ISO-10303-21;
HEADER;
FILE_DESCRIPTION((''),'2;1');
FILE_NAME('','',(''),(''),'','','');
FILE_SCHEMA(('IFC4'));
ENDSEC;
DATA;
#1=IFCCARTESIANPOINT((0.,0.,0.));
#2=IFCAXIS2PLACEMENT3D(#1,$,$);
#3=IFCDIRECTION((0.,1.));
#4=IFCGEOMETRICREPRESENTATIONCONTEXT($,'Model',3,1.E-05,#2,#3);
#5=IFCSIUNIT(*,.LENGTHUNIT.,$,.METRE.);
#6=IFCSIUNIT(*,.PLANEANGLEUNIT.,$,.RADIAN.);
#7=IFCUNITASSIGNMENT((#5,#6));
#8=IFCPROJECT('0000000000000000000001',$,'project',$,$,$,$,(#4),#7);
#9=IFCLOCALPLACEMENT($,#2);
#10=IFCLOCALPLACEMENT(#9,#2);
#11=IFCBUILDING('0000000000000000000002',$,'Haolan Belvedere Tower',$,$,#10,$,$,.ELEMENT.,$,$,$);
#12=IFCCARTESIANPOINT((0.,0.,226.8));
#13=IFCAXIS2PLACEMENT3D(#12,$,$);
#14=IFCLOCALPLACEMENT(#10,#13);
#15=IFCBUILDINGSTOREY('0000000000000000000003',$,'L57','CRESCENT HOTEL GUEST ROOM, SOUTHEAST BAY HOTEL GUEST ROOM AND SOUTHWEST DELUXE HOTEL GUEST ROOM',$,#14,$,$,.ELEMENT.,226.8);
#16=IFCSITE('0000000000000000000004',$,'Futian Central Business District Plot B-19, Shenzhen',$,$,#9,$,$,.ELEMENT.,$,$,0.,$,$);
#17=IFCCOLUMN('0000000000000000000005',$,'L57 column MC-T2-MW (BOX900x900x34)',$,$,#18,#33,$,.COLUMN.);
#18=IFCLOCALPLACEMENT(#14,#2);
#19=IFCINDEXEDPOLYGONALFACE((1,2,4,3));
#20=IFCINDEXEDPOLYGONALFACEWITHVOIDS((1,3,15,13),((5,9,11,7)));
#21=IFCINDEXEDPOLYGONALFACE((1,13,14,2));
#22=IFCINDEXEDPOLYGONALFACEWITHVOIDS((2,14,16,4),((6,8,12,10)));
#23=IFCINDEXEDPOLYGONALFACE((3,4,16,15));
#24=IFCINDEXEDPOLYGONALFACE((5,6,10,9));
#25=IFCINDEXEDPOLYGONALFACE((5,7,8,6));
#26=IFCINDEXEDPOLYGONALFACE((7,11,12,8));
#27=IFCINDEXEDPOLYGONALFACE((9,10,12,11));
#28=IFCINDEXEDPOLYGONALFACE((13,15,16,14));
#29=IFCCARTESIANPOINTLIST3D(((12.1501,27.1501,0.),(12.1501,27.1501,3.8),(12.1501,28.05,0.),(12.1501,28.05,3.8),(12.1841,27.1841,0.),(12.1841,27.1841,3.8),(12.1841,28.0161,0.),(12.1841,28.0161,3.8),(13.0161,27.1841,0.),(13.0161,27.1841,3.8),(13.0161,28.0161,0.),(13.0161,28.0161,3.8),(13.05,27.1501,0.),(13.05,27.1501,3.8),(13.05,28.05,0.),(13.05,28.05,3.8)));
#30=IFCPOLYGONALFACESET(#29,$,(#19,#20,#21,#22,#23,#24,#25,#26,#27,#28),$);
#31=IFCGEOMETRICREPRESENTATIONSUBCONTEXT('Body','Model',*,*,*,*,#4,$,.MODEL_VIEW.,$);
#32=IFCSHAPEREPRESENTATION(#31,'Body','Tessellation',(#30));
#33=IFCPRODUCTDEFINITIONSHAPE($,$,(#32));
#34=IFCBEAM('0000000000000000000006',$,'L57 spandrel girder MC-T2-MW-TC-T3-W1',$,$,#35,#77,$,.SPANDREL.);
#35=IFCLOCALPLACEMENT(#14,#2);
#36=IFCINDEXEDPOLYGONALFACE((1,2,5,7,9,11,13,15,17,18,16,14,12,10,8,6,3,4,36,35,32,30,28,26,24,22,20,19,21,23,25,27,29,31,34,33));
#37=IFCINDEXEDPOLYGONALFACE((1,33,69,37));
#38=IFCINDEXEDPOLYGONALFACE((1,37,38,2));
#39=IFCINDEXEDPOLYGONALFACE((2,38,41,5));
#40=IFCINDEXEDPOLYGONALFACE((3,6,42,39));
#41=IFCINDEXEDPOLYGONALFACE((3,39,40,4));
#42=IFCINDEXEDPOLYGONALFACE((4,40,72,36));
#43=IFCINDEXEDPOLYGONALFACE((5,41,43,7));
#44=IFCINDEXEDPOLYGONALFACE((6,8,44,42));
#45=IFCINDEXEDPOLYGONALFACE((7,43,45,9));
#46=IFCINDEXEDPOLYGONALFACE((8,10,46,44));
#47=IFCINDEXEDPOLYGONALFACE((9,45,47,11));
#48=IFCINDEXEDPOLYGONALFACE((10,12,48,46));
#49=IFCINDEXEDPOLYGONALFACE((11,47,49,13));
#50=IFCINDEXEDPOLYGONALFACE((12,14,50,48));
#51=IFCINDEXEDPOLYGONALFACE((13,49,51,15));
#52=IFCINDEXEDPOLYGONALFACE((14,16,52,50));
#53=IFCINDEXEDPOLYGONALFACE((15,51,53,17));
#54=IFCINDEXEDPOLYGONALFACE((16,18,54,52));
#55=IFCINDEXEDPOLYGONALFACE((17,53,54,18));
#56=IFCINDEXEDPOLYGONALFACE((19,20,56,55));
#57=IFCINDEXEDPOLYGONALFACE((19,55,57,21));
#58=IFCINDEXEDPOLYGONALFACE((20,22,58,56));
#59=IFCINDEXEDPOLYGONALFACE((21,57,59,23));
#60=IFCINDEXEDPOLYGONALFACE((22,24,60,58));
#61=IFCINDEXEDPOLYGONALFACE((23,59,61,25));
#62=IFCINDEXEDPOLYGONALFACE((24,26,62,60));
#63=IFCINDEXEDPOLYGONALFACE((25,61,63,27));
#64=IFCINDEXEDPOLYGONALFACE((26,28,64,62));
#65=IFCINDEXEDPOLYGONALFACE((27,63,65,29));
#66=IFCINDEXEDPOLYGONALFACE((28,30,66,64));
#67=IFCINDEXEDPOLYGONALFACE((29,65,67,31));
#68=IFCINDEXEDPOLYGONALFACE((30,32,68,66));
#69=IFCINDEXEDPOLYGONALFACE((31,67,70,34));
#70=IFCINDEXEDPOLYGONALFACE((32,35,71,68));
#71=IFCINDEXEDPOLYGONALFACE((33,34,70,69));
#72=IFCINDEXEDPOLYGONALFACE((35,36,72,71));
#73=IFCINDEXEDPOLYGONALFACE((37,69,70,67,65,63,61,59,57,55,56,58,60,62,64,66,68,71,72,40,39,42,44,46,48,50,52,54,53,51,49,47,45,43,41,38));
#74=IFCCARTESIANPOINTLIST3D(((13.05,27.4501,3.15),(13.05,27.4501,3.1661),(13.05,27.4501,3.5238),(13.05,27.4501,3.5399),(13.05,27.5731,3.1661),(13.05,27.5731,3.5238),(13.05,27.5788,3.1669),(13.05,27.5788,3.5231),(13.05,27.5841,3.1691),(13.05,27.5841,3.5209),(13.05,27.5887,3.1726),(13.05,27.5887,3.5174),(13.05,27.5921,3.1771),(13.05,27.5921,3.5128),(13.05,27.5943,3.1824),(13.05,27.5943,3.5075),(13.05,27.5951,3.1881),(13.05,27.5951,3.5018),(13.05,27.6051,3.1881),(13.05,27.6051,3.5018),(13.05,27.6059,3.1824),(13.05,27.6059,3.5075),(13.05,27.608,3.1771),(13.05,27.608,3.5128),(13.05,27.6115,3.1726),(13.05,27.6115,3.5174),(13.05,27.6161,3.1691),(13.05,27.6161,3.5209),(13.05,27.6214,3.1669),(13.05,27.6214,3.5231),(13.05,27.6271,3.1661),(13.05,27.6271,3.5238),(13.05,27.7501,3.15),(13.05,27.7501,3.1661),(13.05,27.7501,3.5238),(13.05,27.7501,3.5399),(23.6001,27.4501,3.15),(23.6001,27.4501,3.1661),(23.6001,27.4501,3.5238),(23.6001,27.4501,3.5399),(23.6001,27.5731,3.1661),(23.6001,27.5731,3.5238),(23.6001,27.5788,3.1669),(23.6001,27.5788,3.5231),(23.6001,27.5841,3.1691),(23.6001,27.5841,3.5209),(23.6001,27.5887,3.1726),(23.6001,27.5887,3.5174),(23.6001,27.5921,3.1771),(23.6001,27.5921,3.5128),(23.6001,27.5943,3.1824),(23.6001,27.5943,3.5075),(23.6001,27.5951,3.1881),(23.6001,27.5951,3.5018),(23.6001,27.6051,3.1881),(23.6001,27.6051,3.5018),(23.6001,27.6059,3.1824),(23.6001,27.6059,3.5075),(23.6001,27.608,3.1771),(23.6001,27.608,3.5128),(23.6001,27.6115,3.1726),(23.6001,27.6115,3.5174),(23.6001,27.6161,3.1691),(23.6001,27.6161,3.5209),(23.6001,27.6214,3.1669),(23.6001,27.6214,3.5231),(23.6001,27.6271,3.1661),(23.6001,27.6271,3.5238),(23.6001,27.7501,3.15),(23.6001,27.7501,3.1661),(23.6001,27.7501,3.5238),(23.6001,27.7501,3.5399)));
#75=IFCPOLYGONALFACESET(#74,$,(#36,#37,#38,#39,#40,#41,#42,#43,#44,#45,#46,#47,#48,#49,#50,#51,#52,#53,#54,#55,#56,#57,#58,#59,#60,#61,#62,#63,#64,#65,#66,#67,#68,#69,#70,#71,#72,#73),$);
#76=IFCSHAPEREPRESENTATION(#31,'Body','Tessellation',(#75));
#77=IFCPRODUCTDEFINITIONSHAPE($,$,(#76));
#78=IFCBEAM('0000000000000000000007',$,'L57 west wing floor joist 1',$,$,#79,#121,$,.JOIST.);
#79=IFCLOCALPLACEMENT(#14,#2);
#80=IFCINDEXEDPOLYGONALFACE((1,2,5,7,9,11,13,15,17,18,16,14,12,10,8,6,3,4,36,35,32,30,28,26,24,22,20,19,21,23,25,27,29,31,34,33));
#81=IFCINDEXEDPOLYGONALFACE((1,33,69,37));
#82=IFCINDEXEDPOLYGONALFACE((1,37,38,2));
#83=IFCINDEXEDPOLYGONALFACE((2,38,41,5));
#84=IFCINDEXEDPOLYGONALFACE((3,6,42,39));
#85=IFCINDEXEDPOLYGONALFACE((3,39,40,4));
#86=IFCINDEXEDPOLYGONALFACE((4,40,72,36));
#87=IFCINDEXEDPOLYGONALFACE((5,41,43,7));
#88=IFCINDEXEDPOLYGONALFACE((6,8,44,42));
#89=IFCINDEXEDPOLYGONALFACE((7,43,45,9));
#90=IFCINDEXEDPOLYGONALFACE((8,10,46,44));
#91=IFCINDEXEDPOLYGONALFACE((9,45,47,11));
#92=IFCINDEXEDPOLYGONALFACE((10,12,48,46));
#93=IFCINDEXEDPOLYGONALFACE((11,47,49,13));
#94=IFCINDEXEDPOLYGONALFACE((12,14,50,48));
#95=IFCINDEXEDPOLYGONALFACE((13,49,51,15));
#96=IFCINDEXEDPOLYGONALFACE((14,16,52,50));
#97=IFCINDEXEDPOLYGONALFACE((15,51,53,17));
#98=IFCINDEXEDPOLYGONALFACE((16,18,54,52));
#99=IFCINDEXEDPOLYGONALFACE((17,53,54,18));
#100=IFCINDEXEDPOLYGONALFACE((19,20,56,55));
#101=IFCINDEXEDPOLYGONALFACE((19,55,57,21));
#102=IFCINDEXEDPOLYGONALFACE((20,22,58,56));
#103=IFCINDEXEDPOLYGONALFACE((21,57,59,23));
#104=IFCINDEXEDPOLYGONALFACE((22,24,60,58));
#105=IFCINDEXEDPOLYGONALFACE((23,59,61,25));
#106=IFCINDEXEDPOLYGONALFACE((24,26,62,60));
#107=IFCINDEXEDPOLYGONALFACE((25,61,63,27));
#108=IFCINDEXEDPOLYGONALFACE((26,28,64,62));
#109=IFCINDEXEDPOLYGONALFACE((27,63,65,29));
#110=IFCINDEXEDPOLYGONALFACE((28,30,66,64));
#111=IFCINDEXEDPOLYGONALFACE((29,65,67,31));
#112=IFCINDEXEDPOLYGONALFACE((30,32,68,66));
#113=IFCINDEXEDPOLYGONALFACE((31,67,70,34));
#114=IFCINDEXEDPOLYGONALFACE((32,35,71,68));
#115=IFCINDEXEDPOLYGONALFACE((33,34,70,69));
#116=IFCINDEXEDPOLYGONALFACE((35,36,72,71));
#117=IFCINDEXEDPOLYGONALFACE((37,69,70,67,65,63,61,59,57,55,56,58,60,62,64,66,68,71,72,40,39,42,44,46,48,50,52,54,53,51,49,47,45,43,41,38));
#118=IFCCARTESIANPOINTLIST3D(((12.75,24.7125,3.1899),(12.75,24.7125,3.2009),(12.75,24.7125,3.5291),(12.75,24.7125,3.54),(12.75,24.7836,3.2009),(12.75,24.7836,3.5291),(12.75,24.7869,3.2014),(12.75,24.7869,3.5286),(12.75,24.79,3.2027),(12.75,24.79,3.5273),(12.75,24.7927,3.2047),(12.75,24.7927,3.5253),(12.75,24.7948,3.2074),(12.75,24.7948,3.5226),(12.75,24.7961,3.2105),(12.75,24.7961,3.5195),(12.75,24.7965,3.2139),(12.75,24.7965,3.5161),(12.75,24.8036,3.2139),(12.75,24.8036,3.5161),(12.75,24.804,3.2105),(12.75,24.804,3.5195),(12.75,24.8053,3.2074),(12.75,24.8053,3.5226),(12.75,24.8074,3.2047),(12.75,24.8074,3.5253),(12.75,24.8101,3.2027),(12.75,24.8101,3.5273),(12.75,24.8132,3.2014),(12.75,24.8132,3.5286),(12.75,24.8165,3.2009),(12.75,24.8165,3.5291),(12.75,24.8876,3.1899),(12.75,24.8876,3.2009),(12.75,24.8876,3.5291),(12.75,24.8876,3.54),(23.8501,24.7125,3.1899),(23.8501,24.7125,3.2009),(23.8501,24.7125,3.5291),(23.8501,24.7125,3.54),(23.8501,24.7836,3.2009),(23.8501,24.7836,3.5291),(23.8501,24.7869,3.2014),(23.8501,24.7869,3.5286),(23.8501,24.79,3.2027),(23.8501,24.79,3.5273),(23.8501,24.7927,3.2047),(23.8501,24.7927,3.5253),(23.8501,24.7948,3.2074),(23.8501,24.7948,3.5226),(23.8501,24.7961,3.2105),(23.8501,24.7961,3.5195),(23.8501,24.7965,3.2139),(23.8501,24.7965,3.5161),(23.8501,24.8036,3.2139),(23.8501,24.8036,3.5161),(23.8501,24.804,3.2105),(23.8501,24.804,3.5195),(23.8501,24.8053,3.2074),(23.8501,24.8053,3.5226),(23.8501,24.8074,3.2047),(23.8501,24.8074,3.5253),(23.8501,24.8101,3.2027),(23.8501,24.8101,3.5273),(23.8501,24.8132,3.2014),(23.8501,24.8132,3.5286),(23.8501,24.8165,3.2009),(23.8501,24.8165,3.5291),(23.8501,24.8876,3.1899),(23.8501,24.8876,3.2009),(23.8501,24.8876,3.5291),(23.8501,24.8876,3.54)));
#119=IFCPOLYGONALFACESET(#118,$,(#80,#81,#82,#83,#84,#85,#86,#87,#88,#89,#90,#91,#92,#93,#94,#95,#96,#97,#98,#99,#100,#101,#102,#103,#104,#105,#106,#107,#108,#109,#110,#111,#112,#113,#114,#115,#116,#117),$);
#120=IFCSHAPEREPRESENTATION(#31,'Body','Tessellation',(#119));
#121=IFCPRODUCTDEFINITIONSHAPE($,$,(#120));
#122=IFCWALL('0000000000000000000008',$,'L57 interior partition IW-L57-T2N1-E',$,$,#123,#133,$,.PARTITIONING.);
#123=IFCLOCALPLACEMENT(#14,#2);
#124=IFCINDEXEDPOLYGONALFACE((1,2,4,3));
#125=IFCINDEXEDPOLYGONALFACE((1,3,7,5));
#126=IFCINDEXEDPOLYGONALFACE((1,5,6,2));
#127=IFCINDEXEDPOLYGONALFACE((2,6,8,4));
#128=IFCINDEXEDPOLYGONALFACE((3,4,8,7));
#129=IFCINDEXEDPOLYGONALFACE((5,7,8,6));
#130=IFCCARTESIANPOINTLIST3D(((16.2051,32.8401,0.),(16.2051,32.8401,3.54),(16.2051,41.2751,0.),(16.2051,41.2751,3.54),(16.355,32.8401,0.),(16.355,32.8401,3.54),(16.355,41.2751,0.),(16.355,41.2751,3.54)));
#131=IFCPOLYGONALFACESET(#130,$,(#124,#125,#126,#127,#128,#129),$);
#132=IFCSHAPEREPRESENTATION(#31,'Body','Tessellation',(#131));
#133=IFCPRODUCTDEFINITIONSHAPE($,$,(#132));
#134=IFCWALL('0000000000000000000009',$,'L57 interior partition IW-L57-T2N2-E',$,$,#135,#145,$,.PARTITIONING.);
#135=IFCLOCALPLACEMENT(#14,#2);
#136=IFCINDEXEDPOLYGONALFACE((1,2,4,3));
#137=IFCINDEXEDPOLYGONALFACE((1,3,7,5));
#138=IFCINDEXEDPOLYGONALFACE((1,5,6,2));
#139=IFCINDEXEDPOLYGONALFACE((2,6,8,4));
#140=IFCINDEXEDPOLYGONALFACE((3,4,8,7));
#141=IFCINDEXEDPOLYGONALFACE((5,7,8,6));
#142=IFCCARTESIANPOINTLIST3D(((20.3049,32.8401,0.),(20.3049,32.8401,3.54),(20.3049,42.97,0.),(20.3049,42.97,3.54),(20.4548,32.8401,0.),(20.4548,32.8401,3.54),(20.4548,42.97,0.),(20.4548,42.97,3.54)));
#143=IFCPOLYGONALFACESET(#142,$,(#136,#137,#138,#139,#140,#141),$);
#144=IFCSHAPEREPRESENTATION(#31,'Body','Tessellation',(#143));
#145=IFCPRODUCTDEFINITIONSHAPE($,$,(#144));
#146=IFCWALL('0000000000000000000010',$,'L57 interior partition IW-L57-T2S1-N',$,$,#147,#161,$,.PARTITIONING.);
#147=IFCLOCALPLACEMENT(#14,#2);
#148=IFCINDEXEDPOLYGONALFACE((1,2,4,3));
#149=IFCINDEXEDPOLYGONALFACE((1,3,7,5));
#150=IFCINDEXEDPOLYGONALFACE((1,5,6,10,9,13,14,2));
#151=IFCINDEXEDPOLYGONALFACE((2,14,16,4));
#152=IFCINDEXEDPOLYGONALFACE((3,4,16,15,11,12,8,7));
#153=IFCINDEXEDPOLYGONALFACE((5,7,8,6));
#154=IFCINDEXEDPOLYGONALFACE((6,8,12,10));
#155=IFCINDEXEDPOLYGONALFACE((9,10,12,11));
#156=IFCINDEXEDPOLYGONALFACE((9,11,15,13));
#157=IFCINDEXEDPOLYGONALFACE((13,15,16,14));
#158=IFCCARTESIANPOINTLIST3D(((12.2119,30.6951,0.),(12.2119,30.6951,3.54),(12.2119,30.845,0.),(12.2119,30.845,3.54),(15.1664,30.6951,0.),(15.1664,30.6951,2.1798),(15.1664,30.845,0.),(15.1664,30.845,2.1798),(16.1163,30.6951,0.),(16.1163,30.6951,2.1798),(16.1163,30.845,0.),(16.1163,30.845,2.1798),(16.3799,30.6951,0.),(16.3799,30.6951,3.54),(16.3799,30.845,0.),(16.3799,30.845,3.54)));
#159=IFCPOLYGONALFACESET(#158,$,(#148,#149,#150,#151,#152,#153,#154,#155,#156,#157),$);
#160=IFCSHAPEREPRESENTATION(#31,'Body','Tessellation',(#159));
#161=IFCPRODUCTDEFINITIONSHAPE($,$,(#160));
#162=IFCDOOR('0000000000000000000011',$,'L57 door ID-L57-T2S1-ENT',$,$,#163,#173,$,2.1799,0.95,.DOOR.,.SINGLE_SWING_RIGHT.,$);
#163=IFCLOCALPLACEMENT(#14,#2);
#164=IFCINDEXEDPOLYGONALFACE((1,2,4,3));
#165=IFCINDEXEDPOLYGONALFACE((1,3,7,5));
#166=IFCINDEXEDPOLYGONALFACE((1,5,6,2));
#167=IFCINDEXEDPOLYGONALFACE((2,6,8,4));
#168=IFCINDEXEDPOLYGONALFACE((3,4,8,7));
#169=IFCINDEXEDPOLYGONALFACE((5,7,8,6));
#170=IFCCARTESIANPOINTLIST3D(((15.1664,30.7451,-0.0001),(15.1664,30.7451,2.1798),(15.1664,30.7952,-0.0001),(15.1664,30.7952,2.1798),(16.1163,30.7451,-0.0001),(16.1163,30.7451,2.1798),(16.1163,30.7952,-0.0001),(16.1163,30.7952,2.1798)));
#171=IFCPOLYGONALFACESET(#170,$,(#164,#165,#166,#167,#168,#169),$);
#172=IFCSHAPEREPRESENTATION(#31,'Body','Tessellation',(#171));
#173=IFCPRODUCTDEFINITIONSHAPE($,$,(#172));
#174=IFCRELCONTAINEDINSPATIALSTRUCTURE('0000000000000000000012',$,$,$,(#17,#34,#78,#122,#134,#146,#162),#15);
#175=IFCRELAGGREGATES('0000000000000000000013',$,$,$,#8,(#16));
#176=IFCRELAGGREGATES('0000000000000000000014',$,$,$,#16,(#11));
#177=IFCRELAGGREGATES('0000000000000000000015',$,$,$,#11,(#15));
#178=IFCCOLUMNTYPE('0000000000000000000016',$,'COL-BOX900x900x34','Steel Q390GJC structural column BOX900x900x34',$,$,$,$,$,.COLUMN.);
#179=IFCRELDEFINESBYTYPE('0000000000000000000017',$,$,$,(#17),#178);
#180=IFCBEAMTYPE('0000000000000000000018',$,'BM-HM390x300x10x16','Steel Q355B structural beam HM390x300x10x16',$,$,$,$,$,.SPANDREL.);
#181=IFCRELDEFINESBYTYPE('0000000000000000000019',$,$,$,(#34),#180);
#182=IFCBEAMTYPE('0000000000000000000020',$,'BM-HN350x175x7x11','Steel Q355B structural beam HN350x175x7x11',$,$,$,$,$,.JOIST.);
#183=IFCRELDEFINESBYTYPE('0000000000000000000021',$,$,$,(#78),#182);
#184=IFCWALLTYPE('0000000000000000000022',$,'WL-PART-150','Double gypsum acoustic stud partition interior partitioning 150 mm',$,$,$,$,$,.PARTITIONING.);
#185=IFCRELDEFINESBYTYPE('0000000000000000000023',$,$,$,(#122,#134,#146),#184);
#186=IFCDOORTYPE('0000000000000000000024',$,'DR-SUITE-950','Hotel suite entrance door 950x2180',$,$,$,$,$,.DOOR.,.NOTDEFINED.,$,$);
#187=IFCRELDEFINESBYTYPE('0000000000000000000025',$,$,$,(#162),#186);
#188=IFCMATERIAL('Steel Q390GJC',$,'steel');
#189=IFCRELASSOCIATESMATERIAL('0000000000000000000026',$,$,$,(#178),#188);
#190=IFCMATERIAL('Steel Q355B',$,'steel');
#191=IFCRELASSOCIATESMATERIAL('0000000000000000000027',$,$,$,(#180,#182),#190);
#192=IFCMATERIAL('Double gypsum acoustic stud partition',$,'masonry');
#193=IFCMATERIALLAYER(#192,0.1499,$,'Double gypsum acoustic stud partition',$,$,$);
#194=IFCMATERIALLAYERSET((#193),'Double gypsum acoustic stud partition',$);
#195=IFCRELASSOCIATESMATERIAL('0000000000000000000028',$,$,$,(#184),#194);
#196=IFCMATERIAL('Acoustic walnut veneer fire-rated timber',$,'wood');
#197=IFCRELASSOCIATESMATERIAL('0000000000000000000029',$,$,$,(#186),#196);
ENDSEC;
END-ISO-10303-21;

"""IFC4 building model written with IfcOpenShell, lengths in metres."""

from ifc_helpers import new_model, si_unit, direction, frame, frame_2d, origin, origin_2d, place, context, subcontext, project, spatial, rectangle, hollow_rectangle, i_section, extrude, material, layer, layer_set, material_profile, profile_set, type_object, element, fill, save


model = new_model("IFC4")

# Units and contexts
model_context = context("Model", 3, precision=1e-05, world=origin(), true_north=direction((0.0, 1.0)))
body_context = subcontext(model_context, "Body", "Model", "MODEL_VIEW")
ifc_project = project(units=[si_unit("LENGTHUNIT", "METRE"), si_unit("PLANEANGLEUNIT", "RADIAN")], contexts=[model_context])

# Site, building, storey
site_placement = place(None, origin())
site = spatial("IfcSite", under=ifc_project, at=site_placement, Name="Futian Central Business District Plot B-19, Shenzhen", CompositionType="ELEMENT", RefElevation=0.0)
building_placement = place(site_placement, origin())
building = spatial("IfcBuilding", under=site, at=building_placement, Name="Haolan Belvedere Tower", CompositionType="ELEMENT")
storey_placement = place(building_placement, frame((0.0, 0.0, 226.8)))
storey = spatial("IfcBuildingStorey", under=building, at=storey_placement, Name="L57", Description="CRESCENT HOTEL GUEST ROOM, SOUTHEAST BAY HOTEL GUEST ROOM AND SOUTHWEST DELUXE HOTEL GUEST ROOM", CompositionType="ELEMENT", Elevation=226.8)

# Column
ifc_material_1 = material(Name="Steel Q390GJC", Category="steel")
ifc_material_profile_1 = material_profile(ifc_material_1, hollow_rectangle(XDim=0.8999, YDim=0.8999, WallThickness=0.0339, at=origin_2d()), Name="Steel Q390GJC")
ifc_profile_set_1 = profile_set([ifc_material_profile_1], Name="Steel Q390GJC")
column_type = type_object("IfcColumnType", Name="COL-BOX900x900x34", Description="Steel Q390GJC structural column BOX900x900x34", PredefinedType="COLUMN", material=ifc_profile_set_1)
column_placement = place(storey_placement, frame((12.6001, 27.6001, 0.0), z_axis=(0.0, 0.0, 1.0), x_axis=(1.0, 0.0, 0.0)))
element("IfcColumn", 1, at=column_placement, inside=storey, type_object=column_type, Name="L57 column MC-T2-MW (BOX900x900x34)", PredefinedType="COLUMN", context=body_context, shape_type="SweptSolid", body=[
    extrude(hollow_rectangle(XDim=0.8999, YDim=0.8999, WallThickness=0.0339, at=origin_2d()), origin(), (0.0, 0.0, 1.0), 3.8),
])

# Beams
ifc_material_2 = material(Name="Steel Q355B", Category="steel")
ifc_material_profile_2 = material_profile(ifc_material_2, i_section(OverallWidth=0.3, OverallDepth=0.3899, WebThickness=0.01, FlangeThickness=0.0161, FilletRadius=0.022, at=origin_2d()), Name="Steel Q355B")
ifc_profile_set_2 = profile_set([ifc_material_profile_2], Name="Steel Q355B")
beam_type_1 = type_object("IfcBeamType", Name="BM-HM390x300x10x16", Description="Steel Q355B structural beam HM390x300x10x16", PredefinedType="SPANDREL", material=ifc_profile_set_2)
beam_1_placement = place(storey_placement, frame((13.05, 27.6001, 3.345), z_axis=(1.0, 0.0, 0.0), x_axis=(0.0, 1.0, 0.0)))
element("IfcBeam", 2, at=beam_1_placement, inside=storey, type_object=beam_type_1, Name="L57 spandrel girder MC-T2-MW-TC-T3-W1", PredefinedType="SPANDREL", context=body_context, shape_type="SweptSolid", body=[
    extrude(i_section(OverallWidth=0.3, OverallDepth=0.3899, WebThickness=0.01, FlangeThickness=0.0161, FilletRadius=0.022, at=origin_2d()), origin(), (0.0, 0.0, 1.0), 10.55),
])
ifc_material_profile_3 = material_profile(ifc_material_2, i_section(OverallWidth=0.175, OverallDepth=0.3501, WebThickness=0.0071, FlangeThickness=0.011, FilletRadius=0.0129, at=origin_2d()), Name="Steel Q355B")
ifc_profile_set_3 = profile_set([ifc_material_profile_3], Name="Steel Q355B")
beam_type_2 = type_object("IfcBeamType", Name="BM-HN350x175x7x11", Description="Steel Q355B structural beam HN350x175x7x11", PredefinedType="JOIST", material=ifc_profile_set_3)
beam_2_placement = place(storey_placement, frame((12.75, 24.8, 3.365), z_axis=(1.0, 0.0, 0.0), x_axis=(0.0, 1.0, 0.0)))
element("IfcBeam", 3, at=beam_2_placement, inside=storey, type_object=beam_type_2, Name="L57 west wing floor joist 1", PredefinedType="JOIST", context=body_context, shape_type="SweptSolid", body=[
    extrude(i_section(OverallWidth=0.175, OverallDepth=0.3501, WebThickness=0.0071, FlangeThickness=0.011, FilletRadius=0.0129, at=origin_2d()), origin(), (0.0, 0.0, 1.0), 11.1001),
])

# Shared definitions
ifc_material_3 = material(Name="Double gypsum acoustic stud partition", Category="masonry")
ifc_layer_1 = layer(ifc_material_3, 0.1499, Name="Double gypsum acoustic stud partition")
ifc_layer_set_1 = layer_set([ifc_layer_1], Name="Double gypsum acoustic stud partition")
wall_type_1 = type_object("IfcWallType", Name="WL-PART-150", Description="Double gypsum acoustic stud partition interior partitioning 150 mm", PredefinedType="PARTITIONING", material=ifc_layer_set_1)

# Wall
wall_1_placement = place(storey_placement, frame((16.28, 32.8401, 0.0), z_axis=(0.0, 0.0, 1.0), x_axis=(0.0, 1.0, 0.0)))
element("IfcWall", 4, at=wall_1_placement, inside=storey, type_object=wall_type_1, Name="L57 interior partition IW-L57-T2N1-E", PredefinedType="PARTITIONING", context=body_context, shape_type="SweptSolid", body=[
    extrude(rectangle(XDim=8.4351, YDim=0.1499, at=frame_2d((4.2175, 0.0))), origin(), (0.0, 0.0, 1.0), 3.54),
])

# Wall
wall_2_placement = place(storey_placement, frame((20.3799, 32.8401, 0.0), z_axis=(0.0, 0.0, 1.0), x_axis=(0.0, 1.0, 0.0)))
element("IfcWall", 5, at=wall_2_placement, inside=storey, type_object=wall_type_1, Name="L57 interior partition IW-L57-T2N2-E", PredefinedType="PARTITIONING", context=body_context, shape_type="SweptSolid", body=[
    extrude(rectangle(XDim=10.1299, YDim=0.1499, at=frame_2d((5.0649, 0.0))), origin(), (0.0, 0.0, 1.0), 3.54),
])

# Wall, opening, door
wall_3_placement = place(storey_placement, frame((12.2119, 30.77, 0.0), z_axis=(0.0, 0.0, 1.0), x_axis=(1.0, 0.0, 0.0)))
wall_3 = element("IfcWall", 6, at=wall_3_placement, inside=storey, type_object=wall_type_1, Name="L57 interior partition IW-L57-T2S1-N", PredefinedType="PARTITIONING", context=body_context, shape_type="SweptSolid", body=[
    extrude(rectangle(XDim=4.168, YDim=0.1499, at=frame_2d((2.084, 0.0))), origin(), (0.0, 0.0, 1.0), 3.54),
])
opening_1_placement = place(wall_3_placement, frame((3.9045, 0.0, 0.0), z_axis=(0.0, 0.0, 1.0), x_axis=(-1.0, 0.0, 0.0)))
opening_1 = element("IfcOpeningElement", 7, at=opening_1_placement, cuts=wall_3, PredefinedType="OPENING", context=body_context, shape_type="SweptSolid", body=[
    extrude(rectangle(XDim=0.95, YDim=2.1799, at=frame_2d((0.4751, 1.0898))), frame((0.0, 0.085, 0.0), z_axis=(0.0, -1.0, 0.0), x_axis=(1.0, 0.0, 0.0)), (0.0, 0.0, 1.0), 0.1699),
])
ifc_material_4 = material(Name="Acoustic walnut veneer fire-rated timber", Category="wood")
door_type_1 = type_object("IfcDoorType", Name="DR-SUITE-950", Description="Hotel suite entrance door 950x2180", OperationType="NOTDEFINED", PredefinedType="DOOR", material=ifc_material_4)
door_1_placement = place(opening_1_placement, origin())
door_1 = element("IfcDoor", 8, at=door_1_placement, inside=storey, type_object=door_type_1, Name="L57 door ID-L57-T2S1-ENT", OperationType="SINGLE_SWING_RIGHT", OverallHeight=2.1799, OverallWidth=0.95, PredefinedType="DOOR", context=body_context, shape_type="SweptSolid", body=[
    extrude(rectangle(XDim=0.95, YDim=2.1799, at=frame_2d((0.4751, 1.0898))), frame((0.0, 0.0249, 0.0), z_axis=(0.0, -1.0, 0.0), x_axis=(1.0, 0.0, 0.0)), (0.0, 0.0, 1.0), 0.05),
])
fill(opening_1, door_1)

save(model, "model.ifc")
